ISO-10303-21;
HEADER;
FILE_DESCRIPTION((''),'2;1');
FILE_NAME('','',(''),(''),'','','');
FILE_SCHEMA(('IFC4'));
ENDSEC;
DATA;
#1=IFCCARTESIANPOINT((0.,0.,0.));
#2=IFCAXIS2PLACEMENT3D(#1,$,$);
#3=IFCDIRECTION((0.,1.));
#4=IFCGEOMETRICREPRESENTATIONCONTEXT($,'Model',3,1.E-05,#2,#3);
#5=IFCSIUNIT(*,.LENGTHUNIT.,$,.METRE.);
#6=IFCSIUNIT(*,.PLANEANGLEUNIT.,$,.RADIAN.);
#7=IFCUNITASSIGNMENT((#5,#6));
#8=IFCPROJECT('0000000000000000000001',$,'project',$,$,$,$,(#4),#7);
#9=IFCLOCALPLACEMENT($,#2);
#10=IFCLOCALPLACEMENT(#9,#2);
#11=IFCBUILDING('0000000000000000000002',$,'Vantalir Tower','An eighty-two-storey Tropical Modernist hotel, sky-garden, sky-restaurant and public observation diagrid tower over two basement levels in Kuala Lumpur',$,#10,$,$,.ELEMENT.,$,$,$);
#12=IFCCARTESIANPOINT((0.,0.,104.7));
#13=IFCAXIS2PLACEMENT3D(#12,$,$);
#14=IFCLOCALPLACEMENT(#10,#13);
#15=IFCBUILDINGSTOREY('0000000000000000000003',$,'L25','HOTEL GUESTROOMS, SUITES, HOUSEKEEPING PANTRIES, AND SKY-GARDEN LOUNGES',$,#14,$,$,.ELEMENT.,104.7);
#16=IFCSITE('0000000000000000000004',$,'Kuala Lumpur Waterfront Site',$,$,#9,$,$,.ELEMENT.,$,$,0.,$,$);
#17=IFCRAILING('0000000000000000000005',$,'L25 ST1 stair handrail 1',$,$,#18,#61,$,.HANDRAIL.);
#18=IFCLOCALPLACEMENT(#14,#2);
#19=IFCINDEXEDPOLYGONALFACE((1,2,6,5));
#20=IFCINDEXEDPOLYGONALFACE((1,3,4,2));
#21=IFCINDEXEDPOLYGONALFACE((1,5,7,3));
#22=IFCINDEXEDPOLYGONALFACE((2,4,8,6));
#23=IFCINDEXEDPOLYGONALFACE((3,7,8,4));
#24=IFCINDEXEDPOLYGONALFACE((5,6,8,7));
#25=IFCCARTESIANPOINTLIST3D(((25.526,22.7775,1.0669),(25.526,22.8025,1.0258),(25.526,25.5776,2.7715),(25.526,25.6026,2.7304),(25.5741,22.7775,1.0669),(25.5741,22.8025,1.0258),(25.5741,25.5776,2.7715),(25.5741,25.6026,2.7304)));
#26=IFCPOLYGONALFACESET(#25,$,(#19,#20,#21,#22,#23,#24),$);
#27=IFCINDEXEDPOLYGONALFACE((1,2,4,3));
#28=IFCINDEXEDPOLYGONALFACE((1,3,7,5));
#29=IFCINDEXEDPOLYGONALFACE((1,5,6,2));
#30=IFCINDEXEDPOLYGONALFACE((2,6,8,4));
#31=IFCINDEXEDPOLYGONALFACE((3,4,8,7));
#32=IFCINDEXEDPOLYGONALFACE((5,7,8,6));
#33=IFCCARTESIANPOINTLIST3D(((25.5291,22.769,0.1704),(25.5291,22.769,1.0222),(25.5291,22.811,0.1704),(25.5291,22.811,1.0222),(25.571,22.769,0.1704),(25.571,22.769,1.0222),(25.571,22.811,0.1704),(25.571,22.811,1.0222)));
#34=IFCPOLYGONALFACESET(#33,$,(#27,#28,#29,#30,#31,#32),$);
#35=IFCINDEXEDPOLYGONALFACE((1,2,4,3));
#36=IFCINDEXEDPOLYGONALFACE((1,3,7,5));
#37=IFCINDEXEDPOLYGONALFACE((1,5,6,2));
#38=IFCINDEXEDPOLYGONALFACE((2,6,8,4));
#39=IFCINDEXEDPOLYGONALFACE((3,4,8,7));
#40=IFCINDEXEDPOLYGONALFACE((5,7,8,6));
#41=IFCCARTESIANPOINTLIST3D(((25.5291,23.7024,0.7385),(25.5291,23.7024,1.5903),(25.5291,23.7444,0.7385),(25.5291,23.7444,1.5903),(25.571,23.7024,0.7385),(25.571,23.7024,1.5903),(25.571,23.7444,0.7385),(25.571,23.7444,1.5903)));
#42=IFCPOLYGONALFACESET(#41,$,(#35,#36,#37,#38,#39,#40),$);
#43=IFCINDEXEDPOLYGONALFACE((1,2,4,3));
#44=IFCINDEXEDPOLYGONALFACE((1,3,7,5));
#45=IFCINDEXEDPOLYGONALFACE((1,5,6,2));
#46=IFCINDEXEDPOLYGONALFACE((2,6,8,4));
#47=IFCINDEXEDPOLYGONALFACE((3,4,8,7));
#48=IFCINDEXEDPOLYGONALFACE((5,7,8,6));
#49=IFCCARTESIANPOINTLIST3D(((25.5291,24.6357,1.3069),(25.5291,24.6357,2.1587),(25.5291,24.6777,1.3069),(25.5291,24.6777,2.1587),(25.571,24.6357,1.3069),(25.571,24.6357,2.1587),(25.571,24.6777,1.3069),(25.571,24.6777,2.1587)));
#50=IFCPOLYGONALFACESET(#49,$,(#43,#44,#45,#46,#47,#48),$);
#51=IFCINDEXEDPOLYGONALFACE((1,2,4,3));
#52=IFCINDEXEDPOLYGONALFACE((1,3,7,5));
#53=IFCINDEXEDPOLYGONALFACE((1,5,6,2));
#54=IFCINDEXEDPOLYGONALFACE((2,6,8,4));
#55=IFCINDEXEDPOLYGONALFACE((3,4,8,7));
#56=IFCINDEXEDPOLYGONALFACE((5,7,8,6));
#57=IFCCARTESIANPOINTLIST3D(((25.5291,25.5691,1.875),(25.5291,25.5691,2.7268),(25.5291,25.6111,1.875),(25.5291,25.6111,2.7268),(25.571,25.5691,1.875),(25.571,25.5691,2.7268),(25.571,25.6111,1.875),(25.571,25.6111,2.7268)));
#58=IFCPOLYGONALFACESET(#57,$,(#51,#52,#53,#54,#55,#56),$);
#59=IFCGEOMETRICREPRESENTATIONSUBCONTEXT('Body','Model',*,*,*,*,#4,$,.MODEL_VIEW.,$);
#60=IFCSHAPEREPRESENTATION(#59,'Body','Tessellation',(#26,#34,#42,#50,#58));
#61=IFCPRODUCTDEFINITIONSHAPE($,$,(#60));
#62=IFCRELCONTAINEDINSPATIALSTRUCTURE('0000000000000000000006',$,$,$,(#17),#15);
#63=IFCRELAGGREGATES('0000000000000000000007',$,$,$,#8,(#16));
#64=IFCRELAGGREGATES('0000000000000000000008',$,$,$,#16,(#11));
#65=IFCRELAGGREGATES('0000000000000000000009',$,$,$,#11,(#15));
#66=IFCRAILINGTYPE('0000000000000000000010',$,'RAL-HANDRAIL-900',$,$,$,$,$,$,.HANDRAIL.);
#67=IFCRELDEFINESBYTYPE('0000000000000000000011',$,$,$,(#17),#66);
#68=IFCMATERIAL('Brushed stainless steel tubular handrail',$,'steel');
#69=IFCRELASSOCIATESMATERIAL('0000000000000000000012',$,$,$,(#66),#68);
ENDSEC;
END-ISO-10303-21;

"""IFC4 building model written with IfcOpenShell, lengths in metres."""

from ifc_helpers import new_model, si_unit, direction, frame, origin, origin_2d, place, context, subcontext, project, spatial, rectangle, extrude, material, type_object, element, save


model = new_model("IFC4")

# Units and contexts
model_context = context("Model", 3, precision=1e-05, world=origin(), true_north=direction((0.0, 1.0)))
body_context = subcontext(model_context, "Body", "Model", "MODEL_VIEW")
ifc_project = project(units=[si_unit("LENGTHUNIT", "METRE"), si_unit("PLANEANGLEUNIT", "RADIAN")], contexts=[model_context])

# Site, building, storey
site_placement = place(None, origin())
site = spatial("IfcSite", under=ifc_project, at=site_placement, Name="Kuala Lumpur Waterfront Site", CompositionType="ELEMENT", RefElevation=0.0)
building_placement = place(site_placement, origin())
building = spatial("IfcBuilding", under=site, at=building_placement, Name="Vantalir Tower", Description="An eighty-two-storey Tropical Modernist hotel, sky-garden, sky-restaurant and public observation diagrid tower over two basement levels in Kuala Lumpur", CompositionType="ELEMENT")
storey_placement = place(building_placement, frame((0.0, 0.0, 104.7)))
storey = spatial("IfcBuildingStorey", under=building, at=storey_placement, Name="L25", Description="HOTEL GUESTROOMS, SUITES, HOUSEKEEPING PANTRIES, AND SKY-GARDEN LOUNGES", CompositionType="ELEMENT", Elevation=104.7)

# Railing
ifc_material_1 = material(Name="Brushed stainless steel tubular handrail", Category="steel")
railing_type_1 = type_object("IfcRailingType", Name="RAL-HANDRAIL-900", PredefinedType="HANDRAIL", material=ifc_material_1)
railing_1_placement = place(storey_placement, frame((25.55, 22.79, 0.1704)))
element("IfcRailing", 1, at=railing_1_placement, inside=storey, type_object=railing_type_1, Name="L25 ST1 stair handrail 1", PredefinedType="HANDRAIL", context=body_context, shape_type="SweptSolid", body=[
    extrude(rectangle(XDim=0.0481, YDim=0.0481, at=origin_2d()), frame((0.0, 0.0, 0.876), z_axis=(0.0, 0.85417, 0.519994), x_axis=(-1.0, 0.0, 0.0)), (0.0, 0.0, 1.0), 3.2781),
    extrude(rectangle(XDim=0.042, YDim=0.042, at=origin_2d()), origin(), (0.0, 0.0, 1.0), 0.8518),
    extrude(rectangle(XDim=0.042, YDim=0.042, at=origin_2d()), frame((0.0, 0.9333, 0.5681)), (0.0, 0.0, 1.0), 0.8518),
    extrude(rectangle(XDim=0.042, YDim=0.042, at=origin_2d()), frame((0.0, 1.8667, 1.1365)), (0.0, 0.0, 1.0), 0.8518),
    extrude(rectangle(XDim=0.042, YDim=0.042, at=origin_2d()), frame((0.0, 2.8, 1.7046)), (0.0, 0.0, 1.0), 0.8518),
])

save(model, "model.ifc")
